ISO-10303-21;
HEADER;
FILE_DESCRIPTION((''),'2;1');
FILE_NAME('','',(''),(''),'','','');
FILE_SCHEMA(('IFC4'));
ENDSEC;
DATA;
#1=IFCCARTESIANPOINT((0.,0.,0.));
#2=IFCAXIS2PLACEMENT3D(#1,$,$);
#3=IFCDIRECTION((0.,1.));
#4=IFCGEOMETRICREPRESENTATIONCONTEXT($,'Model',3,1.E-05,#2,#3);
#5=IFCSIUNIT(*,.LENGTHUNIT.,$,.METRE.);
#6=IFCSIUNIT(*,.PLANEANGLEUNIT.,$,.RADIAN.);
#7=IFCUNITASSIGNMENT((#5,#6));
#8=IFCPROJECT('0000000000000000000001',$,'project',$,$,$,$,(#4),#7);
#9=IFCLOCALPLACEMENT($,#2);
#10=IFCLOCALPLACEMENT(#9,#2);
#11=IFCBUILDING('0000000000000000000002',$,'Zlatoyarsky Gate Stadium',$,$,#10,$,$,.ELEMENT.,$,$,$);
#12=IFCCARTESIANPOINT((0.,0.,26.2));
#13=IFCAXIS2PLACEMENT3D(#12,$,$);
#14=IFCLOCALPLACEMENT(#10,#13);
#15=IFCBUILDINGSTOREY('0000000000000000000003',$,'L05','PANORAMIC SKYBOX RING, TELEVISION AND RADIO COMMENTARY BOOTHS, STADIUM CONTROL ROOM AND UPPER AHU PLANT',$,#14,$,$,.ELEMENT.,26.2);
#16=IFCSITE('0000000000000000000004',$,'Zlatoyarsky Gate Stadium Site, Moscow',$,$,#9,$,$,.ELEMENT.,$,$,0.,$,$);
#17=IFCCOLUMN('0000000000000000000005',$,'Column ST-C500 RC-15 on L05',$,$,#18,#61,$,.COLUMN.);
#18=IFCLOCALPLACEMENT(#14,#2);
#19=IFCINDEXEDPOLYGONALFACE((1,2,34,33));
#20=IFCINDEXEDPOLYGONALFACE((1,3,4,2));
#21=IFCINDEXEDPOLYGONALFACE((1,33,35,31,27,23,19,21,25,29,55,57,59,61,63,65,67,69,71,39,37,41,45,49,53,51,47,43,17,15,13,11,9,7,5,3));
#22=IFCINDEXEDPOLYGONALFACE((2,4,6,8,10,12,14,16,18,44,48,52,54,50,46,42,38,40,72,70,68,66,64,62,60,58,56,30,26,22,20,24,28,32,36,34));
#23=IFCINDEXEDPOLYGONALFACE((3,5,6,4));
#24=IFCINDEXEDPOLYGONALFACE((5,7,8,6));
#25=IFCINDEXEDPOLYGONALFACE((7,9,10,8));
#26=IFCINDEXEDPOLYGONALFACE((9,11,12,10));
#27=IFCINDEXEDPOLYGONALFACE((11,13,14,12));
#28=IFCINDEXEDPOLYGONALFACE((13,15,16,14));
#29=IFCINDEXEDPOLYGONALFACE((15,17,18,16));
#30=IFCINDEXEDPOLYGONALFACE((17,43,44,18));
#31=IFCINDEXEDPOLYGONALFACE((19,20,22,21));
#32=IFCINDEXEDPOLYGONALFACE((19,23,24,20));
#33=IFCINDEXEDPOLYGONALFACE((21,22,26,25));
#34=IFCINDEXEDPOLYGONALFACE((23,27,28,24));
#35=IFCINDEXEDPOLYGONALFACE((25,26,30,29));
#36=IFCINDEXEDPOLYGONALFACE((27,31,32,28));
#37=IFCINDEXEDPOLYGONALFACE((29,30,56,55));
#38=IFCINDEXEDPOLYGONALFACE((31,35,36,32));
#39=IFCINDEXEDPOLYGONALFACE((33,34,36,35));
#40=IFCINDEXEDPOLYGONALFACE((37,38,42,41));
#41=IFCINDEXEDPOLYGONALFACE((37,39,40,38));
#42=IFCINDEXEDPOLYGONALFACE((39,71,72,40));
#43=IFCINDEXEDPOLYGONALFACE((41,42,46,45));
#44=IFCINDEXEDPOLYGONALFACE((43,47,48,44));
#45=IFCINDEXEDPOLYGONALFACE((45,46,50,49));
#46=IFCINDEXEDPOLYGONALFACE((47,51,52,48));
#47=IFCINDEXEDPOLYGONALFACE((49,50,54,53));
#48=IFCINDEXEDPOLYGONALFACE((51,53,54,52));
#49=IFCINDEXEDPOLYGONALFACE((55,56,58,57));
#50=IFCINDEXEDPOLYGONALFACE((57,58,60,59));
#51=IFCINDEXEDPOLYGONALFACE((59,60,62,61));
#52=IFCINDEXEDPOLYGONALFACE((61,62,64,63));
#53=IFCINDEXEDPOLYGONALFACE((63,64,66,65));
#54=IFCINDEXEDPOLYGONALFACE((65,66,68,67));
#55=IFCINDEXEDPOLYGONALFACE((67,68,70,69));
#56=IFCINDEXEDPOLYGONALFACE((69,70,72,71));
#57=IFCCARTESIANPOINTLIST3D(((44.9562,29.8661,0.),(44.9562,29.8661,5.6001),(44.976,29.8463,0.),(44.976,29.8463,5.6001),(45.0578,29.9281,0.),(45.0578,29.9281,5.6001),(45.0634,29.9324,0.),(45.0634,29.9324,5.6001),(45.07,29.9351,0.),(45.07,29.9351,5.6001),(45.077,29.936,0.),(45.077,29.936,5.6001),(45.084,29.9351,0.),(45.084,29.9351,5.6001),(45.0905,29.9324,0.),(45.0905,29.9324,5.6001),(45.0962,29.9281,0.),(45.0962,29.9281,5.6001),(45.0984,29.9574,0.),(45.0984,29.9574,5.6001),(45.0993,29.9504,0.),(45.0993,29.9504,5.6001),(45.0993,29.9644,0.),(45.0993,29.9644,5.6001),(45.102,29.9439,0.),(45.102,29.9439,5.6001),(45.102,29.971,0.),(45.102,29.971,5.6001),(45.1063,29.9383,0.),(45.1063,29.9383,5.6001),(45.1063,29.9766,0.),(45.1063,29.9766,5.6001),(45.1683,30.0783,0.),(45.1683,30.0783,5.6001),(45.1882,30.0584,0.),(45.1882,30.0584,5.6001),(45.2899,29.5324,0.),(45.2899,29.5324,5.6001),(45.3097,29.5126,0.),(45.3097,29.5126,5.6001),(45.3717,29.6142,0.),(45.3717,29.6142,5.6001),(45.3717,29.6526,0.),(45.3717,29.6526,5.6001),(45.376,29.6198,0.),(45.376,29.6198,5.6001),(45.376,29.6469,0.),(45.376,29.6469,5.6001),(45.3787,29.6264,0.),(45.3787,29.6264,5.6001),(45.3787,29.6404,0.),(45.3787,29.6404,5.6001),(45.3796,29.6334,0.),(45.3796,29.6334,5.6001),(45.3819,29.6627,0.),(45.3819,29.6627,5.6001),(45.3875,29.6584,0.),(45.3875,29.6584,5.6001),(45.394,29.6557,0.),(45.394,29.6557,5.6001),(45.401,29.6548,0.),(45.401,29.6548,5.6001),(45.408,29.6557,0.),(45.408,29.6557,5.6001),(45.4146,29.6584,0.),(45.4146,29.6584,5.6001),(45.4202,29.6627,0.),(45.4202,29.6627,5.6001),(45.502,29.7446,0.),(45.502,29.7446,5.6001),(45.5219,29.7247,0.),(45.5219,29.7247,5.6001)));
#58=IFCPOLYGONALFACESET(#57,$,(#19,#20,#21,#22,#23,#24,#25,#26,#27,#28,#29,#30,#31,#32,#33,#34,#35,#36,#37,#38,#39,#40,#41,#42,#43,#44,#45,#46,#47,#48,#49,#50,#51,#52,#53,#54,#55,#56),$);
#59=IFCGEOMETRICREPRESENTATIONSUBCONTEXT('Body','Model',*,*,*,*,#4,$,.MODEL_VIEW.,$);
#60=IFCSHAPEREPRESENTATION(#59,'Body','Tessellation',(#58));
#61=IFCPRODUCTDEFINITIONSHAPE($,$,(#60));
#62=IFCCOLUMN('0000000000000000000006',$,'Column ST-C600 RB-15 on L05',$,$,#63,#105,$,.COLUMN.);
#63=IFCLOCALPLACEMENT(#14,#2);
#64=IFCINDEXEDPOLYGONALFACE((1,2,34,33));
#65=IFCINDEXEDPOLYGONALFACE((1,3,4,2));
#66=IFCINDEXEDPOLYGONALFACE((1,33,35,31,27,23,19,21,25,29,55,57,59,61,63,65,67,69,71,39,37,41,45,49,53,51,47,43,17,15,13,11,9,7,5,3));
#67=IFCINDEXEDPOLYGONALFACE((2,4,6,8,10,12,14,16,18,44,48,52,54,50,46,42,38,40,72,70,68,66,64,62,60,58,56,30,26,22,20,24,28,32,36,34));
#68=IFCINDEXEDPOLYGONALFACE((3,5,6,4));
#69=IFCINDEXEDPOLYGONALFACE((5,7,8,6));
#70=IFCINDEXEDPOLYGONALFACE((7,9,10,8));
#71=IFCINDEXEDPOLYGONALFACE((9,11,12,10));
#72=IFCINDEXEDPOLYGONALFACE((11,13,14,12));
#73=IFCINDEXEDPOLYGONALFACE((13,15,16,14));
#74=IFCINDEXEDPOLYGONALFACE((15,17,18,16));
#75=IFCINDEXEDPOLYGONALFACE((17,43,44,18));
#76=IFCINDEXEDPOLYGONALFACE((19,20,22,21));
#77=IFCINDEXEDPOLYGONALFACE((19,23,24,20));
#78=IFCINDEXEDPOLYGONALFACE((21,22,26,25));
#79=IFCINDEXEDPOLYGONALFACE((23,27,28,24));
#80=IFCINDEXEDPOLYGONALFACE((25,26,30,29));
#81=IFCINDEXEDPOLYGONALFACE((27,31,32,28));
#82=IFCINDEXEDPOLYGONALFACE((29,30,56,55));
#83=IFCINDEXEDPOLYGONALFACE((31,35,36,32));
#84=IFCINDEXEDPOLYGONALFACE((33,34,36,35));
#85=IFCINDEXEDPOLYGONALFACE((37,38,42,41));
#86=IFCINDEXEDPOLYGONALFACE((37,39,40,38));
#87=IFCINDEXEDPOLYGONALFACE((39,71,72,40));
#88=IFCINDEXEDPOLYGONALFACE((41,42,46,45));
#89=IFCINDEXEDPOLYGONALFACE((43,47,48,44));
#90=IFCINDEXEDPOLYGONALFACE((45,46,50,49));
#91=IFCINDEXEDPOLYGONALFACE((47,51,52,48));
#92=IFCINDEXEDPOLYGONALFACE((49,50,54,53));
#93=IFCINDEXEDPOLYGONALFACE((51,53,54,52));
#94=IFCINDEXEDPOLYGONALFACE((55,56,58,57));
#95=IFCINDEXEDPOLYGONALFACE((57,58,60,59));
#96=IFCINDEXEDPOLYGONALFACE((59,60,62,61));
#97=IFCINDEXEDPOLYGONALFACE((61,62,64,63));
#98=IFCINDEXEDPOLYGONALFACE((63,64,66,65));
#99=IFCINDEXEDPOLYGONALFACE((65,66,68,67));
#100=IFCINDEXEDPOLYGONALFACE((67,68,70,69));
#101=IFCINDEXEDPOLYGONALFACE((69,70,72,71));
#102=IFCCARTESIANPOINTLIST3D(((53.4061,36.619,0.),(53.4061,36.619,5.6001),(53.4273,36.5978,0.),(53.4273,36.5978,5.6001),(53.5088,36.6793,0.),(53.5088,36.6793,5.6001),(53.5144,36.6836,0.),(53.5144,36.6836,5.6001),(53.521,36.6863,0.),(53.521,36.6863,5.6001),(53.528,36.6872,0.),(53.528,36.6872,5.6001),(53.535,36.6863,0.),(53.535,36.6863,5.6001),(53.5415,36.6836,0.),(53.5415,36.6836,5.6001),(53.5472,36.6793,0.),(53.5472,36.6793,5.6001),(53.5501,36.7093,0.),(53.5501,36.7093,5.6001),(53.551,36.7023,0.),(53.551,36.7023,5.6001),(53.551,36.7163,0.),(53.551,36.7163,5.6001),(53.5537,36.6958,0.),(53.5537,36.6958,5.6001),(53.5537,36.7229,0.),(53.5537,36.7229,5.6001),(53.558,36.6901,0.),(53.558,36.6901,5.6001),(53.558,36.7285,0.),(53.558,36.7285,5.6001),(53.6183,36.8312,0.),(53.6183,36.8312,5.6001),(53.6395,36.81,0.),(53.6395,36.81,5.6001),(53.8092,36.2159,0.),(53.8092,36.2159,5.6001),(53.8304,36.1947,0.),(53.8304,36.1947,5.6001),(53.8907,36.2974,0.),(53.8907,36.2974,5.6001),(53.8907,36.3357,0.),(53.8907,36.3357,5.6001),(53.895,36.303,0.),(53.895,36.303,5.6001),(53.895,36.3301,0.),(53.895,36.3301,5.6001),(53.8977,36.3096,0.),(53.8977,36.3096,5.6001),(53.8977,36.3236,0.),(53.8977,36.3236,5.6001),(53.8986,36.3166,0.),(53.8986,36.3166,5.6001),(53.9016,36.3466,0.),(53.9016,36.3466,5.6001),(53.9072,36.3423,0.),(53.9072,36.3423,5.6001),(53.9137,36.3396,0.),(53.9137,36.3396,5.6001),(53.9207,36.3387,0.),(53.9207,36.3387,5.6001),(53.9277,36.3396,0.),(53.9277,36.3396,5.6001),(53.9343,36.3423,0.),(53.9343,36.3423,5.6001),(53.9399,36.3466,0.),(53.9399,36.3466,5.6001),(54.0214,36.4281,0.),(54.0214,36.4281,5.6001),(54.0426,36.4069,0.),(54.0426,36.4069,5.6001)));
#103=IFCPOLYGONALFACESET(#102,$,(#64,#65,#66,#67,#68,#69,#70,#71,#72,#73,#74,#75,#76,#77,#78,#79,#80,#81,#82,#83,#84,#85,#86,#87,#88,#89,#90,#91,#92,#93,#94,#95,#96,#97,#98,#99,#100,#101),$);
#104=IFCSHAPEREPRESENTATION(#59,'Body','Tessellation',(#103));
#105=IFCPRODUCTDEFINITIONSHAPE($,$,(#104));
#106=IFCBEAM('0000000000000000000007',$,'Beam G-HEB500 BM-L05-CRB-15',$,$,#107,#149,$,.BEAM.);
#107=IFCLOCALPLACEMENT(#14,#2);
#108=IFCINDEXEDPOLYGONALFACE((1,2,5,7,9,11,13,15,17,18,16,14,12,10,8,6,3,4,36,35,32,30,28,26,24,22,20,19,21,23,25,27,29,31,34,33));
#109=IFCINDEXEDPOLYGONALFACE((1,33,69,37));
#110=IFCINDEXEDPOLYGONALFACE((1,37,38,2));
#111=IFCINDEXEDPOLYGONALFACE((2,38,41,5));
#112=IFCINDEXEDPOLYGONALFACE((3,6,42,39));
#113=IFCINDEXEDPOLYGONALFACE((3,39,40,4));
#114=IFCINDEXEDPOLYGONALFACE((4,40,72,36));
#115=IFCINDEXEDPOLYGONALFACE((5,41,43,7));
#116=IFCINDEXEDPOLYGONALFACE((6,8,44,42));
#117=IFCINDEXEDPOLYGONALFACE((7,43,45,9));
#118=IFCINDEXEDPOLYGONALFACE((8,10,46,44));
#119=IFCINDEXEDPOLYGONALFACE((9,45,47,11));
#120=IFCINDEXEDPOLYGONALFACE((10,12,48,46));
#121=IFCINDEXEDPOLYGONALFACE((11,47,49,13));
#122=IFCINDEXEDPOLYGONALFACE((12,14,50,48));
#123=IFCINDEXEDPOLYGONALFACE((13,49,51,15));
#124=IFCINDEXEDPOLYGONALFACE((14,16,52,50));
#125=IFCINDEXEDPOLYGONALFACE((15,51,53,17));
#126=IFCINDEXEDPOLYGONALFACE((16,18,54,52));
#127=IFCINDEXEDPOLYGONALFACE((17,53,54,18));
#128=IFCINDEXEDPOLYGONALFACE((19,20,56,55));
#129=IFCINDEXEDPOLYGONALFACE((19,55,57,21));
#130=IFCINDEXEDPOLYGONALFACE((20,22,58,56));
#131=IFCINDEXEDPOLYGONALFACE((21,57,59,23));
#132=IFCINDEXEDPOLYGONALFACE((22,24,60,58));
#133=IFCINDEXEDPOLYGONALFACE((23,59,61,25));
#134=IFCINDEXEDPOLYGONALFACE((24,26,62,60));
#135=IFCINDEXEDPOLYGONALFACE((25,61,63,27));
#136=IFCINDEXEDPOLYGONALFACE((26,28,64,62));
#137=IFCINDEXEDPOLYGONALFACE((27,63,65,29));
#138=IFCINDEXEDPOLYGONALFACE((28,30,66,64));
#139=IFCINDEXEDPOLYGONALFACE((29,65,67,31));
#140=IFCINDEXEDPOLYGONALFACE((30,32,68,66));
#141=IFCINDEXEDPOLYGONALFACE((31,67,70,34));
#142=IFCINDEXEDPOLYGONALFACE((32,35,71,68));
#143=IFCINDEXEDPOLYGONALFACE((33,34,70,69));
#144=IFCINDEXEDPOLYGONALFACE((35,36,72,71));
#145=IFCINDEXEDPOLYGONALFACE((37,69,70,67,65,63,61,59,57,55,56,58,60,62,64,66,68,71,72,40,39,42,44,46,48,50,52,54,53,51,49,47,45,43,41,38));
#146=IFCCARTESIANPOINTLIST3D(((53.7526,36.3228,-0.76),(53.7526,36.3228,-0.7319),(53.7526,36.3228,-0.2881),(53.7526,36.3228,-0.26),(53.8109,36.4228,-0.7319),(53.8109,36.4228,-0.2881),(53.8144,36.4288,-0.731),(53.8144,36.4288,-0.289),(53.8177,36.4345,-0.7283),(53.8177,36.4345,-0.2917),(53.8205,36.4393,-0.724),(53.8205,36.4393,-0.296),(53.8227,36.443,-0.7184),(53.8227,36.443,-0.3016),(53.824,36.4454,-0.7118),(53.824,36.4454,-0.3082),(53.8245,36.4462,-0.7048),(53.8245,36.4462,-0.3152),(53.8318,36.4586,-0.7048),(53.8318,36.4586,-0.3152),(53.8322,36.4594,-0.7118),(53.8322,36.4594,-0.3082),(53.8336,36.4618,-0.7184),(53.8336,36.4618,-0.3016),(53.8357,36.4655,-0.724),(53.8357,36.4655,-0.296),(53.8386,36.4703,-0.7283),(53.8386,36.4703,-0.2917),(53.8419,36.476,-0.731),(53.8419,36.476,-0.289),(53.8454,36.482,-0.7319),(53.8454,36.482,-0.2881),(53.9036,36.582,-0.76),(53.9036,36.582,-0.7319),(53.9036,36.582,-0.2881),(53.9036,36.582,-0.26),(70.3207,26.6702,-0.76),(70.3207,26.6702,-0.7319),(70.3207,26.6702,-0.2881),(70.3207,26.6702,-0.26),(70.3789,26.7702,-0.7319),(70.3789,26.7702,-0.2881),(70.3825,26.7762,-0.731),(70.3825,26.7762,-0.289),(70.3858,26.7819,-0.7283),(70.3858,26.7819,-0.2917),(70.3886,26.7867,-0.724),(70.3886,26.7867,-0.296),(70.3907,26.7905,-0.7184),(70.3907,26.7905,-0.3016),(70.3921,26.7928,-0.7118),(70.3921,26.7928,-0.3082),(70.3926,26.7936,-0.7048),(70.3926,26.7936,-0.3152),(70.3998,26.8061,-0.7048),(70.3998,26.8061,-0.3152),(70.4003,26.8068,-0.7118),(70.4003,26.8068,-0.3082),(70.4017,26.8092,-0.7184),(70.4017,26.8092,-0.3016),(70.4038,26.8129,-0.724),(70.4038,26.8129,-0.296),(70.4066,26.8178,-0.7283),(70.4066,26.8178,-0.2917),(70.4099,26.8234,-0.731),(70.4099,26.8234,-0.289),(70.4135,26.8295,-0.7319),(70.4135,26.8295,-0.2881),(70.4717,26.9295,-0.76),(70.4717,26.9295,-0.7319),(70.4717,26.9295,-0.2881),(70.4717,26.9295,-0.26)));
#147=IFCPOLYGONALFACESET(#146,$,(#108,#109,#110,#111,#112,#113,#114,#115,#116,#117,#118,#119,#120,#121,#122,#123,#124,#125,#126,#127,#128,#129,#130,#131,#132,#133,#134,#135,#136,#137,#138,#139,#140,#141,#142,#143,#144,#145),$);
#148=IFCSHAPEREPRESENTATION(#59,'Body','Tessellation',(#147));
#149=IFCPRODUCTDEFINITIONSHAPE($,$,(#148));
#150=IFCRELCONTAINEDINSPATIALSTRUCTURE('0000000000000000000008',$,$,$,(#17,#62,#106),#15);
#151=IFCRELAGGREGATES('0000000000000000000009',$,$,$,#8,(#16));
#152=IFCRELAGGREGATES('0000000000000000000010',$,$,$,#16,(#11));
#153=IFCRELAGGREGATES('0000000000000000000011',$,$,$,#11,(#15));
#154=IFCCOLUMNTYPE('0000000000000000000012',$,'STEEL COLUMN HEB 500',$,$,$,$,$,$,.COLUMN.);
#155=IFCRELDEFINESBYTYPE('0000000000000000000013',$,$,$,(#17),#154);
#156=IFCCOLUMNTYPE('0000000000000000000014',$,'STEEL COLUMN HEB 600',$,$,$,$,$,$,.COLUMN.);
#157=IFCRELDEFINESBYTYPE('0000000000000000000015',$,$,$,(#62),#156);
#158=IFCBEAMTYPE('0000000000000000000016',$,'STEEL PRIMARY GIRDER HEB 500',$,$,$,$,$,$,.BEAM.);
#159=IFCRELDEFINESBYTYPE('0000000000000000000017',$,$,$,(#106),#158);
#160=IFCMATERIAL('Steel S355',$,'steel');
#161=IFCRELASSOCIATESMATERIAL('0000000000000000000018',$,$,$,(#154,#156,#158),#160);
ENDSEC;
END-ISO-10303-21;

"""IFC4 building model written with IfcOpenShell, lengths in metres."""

from ifc_helpers import new_model, si_unit, direction, frame, origin, origin_2d, place, context, subcontext, project, spatial, i_section, extrude, material, material_profile, profile_set, type_object, element, save


model = new_model("IFC4")

# Units and contexts
model_context = context("Model", 3, precision=1e-05, world=origin(), true_north=direction((0.0, 1.0)))
body_context = subcontext(model_context, "Body", "Model", "MODEL_VIEW")
ifc_project = project(units=[si_unit("LENGTHUNIT", "METRE"), si_unit("PLANEANGLEUNIT", "RADIAN")], contexts=[model_context])

# Site, building, storey
site_placement = place(None, origin())
site = spatial("IfcSite", under=ifc_project, at=site_placement, Name="Zlatoyarsky Gate Stadium Site, Moscow", CompositionType="ELEMENT", RefElevation=0.0)
building_placement = place(site_placement, origin())
building = spatial("IfcBuilding", under=site, at=building_placement, Name="Zlatoyarsky Gate Stadium", CompositionType="ELEMENT")
storey_placement = place(building_placement, frame((0.0, 0.0, 26.2)))
storey = spatial("IfcBuildingStorey", under=building, at=storey_placement, Name="L05", Description="PANORAMIC SKYBOX RING, TELEVISION AND RADIO COMMENTARY BOOTHS, STADIUM CONTROL ROOM AND UPPER AHU PLANT", CompositionType="ELEMENT", Elevation=26.2)

# Columns
ifc_material_1 = material(Name="Steel S355", Category="steel")
ifc_material_profile_1 = material_profile(ifc_material_1, i_section(OverallWidth=0.3, OverallDepth=0.5, WebThickness=0.0144, FlangeThickness=0.0281, FilletRadius=0.0271, at=origin_2d()), Name="HEB 500")
ifc_profile_set_1 = profile_set([ifc_material_profile_1], Name="Steel S355")
column_type_1 = type_object("IfcColumnType", Name="STEEL COLUMN HEB 500", PredefinedType="COLUMN", material=ifc_profile_set_1)
column_1_placement = place(storey_placement, frame((45.239, 29.7954, 0.0), z_axis=(0.0, 0.0, 1.0), x_axis=(-0.707107, -0.707107, 0.0)))
element("IfcColumn", 1, at=column_1_placement, inside=storey, type_object=column_type_1, Name="Column ST-C500 RC-15 on L05", PredefinedType="COLUMN", context=body_context, shape_type="SweptSolid", body=[
    extrude(i_section(OverallWidth=0.3, OverallDepth=0.5, WebThickness=0.0144, FlangeThickness=0.0281, FilletRadius=0.0271, at=origin_2d()), origin(), (0.0, 0.0, 1.0), 5.6001),
])
ifc_material_profile_2 = material_profile(ifc_material_1, i_section(OverallWidth=0.3, OverallDepth=0.6001, WebThickness=0.0154, FlangeThickness=0.03, FilletRadius=0.0271, at=origin_2d()), Name="HEB 600")
ifc_profile_set_2 = profile_set([ifc_material_profile_2], Name="Steel S355")
column_type_2 = type_object("IfcColumnType", Name="STEEL COLUMN HEB 600", PredefinedType="COLUMN", material=ifc_profile_set_2)
column_2_placement = place(storey_placement, frame((53.7244, 36.5129, 0.0), z_axis=(0.0, 0.0, 1.0), x_axis=(-0.707107, -0.707107, 0.0)))
element("IfcColumn", 2, at=column_2_placement, inside=storey, type_object=column_type_2, Name="Column ST-C600 RB-15 on L05", PredefinedType="COLUMN", context=body_context, shape_type="SweptSolid", body=[
    extrude(i_section(OverallWidth=0.3, OverallDepth=0.6001, WebThickness=0.0154, FlangeThickness=0.03, FilletRadius=0.0271, at=origin_2d()), origin(), (0.0, 0.0, 1.0), 5.6001),
])

# Beam
ifc_material_profile_3 = material_profile(ifc_material_1, i_section(OverallWidth=0.3, OverallDepth=0.5, WebThickness=0.0144, FlangeThickness=0.0281, FilletRadius=0.0271, at=origin_2d()), Name="HEB 500")
ifc_profile_set_3 = profile_set([ifc_material_profile_3], Name="Steel S355")
beam_type_1 = type_object("IfcBeamType", Name="STEEL PRIMARY GIRDER HEB 500", PredefinedType="BEAM", material=ifc_profile_set_3)
beam_1_placement = place(storey_placement, frame((53.8281, 36.4524, -0.51), z_axis=(0.864054, -0.503398, 0.0), x_axis=(0.503398, 0.864054, 0.0)))
element("IfcBeam", 3, at=beam_1_placement, inside=storey, type_object=beam_type_1, Name="Beam G-HEB500 BM-L05-CRB-15", PredefinedType="BEAM", context=body_context, shape_type="SweptSolid", body=[
    extrude(i_section(OverallWidth=0.3, OverallDepth=0.5, WebThickness=0.0144, FlangeThickness=0.0281, FilletRadius=0.0271, at=origin_2d()), origin(), (0.0, 0.0, 1.0), 19.1748),
])

save(model, "model.ifc")
